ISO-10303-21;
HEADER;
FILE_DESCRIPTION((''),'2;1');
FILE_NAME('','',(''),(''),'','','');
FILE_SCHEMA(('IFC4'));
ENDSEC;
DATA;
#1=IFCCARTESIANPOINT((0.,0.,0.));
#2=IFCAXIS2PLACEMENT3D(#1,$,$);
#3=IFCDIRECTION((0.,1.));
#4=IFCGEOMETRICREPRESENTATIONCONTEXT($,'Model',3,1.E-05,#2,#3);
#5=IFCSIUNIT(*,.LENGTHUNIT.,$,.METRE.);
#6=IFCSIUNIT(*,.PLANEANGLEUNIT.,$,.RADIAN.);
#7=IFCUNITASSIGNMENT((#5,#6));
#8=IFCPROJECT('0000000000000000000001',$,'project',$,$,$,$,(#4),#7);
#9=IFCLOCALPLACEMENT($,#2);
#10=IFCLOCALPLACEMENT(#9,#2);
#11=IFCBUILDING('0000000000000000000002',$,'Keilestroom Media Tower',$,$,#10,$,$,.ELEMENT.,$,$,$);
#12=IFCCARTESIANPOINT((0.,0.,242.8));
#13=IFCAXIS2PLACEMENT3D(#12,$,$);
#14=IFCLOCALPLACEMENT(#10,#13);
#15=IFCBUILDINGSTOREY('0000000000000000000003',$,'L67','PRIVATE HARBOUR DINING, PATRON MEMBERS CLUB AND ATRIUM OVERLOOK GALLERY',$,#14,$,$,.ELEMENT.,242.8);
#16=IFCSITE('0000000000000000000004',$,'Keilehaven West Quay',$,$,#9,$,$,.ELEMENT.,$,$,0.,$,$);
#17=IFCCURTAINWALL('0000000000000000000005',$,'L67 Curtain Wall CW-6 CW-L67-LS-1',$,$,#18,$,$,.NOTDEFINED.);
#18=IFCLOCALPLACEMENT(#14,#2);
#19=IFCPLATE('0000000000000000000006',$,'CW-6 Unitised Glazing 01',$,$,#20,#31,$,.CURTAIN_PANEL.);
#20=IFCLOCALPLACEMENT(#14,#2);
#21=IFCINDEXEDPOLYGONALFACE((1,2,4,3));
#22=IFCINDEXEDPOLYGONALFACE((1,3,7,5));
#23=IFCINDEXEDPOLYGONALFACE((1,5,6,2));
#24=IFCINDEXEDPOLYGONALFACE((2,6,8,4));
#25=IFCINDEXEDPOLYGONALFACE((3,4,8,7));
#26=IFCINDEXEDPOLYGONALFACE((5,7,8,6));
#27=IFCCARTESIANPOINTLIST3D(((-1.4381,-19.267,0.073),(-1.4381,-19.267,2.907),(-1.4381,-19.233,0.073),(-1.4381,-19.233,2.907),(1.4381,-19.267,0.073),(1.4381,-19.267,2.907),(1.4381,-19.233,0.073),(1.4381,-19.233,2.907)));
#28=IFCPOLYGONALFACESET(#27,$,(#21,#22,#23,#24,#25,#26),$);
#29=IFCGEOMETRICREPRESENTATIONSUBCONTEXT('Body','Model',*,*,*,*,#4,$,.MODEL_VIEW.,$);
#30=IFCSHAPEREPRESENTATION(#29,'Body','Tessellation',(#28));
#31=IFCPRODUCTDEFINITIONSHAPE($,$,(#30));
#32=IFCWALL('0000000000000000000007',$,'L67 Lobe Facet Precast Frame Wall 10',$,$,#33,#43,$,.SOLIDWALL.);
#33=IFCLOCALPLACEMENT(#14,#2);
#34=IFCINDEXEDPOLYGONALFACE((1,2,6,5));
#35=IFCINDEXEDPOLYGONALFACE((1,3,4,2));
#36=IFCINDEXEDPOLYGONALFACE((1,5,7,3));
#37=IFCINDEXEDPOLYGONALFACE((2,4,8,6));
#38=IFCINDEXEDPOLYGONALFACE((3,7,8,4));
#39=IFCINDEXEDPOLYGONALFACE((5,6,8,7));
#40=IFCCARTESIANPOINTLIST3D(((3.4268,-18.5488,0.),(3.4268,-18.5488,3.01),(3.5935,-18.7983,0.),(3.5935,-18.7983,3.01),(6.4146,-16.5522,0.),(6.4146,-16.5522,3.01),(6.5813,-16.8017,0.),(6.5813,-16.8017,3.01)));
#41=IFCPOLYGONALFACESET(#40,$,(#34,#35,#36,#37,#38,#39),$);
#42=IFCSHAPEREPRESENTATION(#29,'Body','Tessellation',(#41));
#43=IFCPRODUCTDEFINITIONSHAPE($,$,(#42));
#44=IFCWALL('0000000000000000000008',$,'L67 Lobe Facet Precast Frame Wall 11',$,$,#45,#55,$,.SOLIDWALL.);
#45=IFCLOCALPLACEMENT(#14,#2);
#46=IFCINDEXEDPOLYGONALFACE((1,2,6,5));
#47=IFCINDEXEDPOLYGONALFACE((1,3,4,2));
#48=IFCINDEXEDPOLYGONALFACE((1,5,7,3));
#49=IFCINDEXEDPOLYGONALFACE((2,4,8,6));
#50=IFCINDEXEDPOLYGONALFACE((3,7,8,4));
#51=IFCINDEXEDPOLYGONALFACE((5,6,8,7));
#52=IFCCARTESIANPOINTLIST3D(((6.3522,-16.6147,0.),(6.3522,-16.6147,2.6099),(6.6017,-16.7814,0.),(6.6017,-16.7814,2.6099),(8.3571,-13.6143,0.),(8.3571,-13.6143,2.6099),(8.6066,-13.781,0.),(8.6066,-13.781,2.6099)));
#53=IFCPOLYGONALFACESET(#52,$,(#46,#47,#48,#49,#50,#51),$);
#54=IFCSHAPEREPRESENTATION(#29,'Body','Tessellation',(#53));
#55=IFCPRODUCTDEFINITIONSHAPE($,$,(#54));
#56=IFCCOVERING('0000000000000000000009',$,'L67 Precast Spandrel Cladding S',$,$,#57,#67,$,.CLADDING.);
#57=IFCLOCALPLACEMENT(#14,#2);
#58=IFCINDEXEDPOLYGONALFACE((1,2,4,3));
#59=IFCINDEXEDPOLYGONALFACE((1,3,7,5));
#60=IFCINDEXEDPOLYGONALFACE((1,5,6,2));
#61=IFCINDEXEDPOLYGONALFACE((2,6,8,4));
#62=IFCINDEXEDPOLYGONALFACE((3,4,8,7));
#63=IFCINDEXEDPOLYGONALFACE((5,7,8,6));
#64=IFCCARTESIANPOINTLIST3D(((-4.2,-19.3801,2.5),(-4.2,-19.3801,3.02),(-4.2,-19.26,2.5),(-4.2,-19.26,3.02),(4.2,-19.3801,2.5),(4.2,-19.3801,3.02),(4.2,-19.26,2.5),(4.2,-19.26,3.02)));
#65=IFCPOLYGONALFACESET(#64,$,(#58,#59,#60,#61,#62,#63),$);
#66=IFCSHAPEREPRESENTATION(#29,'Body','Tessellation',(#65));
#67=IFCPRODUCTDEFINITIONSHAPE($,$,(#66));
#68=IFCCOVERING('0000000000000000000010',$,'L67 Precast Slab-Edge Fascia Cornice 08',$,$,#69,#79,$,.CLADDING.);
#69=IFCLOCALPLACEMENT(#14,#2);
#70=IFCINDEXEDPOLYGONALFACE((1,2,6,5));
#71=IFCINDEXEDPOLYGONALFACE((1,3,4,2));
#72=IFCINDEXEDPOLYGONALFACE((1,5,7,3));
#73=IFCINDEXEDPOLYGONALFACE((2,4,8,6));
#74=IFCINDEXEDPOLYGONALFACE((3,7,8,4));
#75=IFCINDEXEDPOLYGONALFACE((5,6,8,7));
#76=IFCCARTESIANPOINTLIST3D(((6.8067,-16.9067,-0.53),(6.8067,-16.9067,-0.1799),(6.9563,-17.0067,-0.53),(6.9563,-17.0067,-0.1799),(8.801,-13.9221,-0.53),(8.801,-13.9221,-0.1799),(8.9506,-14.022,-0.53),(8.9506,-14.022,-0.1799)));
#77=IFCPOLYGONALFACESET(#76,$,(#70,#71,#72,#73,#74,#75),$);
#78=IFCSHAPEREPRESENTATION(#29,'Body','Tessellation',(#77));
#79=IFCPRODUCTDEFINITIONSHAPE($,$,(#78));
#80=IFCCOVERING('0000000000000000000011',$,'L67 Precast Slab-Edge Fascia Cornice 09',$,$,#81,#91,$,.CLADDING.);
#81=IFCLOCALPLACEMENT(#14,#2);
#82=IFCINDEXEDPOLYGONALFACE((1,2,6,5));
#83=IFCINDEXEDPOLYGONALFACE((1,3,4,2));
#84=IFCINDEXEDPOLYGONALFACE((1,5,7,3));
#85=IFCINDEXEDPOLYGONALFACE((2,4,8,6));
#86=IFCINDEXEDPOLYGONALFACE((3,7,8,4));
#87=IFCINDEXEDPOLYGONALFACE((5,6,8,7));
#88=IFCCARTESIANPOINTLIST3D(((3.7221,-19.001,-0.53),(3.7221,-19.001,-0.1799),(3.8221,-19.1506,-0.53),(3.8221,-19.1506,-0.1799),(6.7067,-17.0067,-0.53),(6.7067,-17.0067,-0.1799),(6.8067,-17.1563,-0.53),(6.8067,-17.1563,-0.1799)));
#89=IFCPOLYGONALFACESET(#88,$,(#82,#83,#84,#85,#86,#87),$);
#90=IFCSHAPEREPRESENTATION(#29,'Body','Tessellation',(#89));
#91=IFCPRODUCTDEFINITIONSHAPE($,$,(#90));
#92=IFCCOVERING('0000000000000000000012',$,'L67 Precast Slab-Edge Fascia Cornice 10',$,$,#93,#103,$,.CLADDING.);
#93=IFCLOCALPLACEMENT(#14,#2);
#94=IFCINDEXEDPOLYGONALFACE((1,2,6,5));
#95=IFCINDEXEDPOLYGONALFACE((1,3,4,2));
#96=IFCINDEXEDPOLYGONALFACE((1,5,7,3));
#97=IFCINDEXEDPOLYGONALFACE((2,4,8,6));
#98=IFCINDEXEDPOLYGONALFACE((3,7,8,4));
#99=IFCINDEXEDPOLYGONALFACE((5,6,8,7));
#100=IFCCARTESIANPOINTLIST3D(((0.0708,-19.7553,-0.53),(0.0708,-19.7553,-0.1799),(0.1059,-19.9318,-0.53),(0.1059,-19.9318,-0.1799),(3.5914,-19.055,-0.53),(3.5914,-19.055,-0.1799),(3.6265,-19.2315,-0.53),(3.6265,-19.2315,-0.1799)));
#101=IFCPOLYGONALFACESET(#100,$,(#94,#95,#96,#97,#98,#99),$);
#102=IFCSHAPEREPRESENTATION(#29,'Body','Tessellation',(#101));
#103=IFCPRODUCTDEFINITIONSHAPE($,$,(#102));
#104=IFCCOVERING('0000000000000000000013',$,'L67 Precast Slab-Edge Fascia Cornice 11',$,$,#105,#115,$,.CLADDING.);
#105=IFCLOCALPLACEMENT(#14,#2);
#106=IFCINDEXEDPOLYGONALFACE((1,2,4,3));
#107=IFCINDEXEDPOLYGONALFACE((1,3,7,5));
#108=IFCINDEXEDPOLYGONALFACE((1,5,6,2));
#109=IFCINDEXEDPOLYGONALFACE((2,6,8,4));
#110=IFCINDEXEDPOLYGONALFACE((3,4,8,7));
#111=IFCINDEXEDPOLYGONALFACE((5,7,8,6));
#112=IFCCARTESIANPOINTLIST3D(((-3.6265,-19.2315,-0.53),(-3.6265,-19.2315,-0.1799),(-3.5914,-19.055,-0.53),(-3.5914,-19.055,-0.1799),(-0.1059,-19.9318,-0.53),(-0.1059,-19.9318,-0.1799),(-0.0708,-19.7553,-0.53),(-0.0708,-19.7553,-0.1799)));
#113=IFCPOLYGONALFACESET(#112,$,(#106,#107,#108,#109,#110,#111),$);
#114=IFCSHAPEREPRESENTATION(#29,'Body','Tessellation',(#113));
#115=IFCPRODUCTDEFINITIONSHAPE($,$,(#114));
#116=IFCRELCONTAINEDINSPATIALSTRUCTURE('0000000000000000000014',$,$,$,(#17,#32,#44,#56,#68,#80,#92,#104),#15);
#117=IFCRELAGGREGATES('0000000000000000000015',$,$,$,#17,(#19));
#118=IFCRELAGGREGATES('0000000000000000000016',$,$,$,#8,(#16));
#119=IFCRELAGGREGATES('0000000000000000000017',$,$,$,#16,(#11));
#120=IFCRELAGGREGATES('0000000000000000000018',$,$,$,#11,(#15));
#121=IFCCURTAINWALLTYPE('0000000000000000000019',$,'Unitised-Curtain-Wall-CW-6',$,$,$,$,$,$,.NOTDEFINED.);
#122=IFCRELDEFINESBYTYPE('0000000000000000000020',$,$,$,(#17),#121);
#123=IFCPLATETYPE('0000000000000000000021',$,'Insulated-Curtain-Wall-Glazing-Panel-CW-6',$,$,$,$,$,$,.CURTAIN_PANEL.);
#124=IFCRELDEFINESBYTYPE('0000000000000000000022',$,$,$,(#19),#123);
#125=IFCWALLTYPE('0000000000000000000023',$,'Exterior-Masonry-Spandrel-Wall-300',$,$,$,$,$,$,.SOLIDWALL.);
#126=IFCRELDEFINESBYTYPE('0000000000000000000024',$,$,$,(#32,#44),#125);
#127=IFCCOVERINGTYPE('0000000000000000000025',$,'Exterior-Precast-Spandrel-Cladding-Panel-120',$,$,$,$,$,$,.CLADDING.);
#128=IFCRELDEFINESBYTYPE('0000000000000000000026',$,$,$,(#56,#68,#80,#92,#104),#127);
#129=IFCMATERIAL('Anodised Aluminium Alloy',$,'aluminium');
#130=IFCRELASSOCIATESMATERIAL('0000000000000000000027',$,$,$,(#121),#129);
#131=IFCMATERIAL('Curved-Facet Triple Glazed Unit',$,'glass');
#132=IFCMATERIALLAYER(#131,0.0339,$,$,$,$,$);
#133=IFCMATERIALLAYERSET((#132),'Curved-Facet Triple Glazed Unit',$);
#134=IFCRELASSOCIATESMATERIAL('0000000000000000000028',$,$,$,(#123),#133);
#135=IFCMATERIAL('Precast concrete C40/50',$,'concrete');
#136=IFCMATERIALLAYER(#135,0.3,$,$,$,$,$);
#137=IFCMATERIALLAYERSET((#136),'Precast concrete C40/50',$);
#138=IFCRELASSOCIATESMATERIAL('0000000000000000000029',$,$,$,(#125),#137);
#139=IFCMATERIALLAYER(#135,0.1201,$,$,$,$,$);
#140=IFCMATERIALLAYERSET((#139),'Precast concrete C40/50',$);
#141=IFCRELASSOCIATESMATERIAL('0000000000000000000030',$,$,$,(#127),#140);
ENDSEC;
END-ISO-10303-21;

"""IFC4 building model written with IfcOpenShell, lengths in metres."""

from ifc_helpers import new_model, si_unit, direction, frame, frame_2d, origin, origin_2d, place, context, subcontext, project, spatial, rectangle, extrude, source, transform, mapped, material, layer, layer_set, type_object, element, aggregate, save


model = new_model("IFC4")

# Units and contexts
model_context = context("Model", 3, precision=1e-05, world=origin(), true_north=direction((0.0, 1.0)))
body_context = subcontext(model_context, "Body", "Model", "MODEL_VIEW")
ifc_project = project(units=[si_unit("LENGTHUNIT", "METRE"), si_unit("PLANEANGLEUNIT", "RADIAN")], contexts=[model_context])

# Site, building, storey
site_placement = place(None, origin())
site = spatial("IfcSite", under=ifc_project, at=site_placement, Name="Keilehaven West Quay", CompositionType="ELEMENT", RefElevation=0.0)
building_placement = place(site_placement, origin())
building = spatial("IfcBuilding", under=site, at=building_placement, Name="Keilestroom Media Tower", CompositionType="ELEMENT")
storey_placement = place(building_placement, frame((0.0, 0.0, 242.8)))
storey = spatial("IfcBuildingStorey", under=building, at=storey_placement, Name="L67", Description="PRIVATE HARBOUR DINING, PATRON MEMBERS CLUB AND ATRIUM OVERLOOK GALLERY", CompositionType="ELEMENT", Elevation=242.8)

# Curtain wall, plate
ifc_material_1 = material(Name="Anodised Aluminium Alloy", Category="aluminium")
curtain_wall_type = type_object("IfcCurtainWallType", Name="Unitised-Curtain-Wall-CW-6", PredefinedType="NOTDEFINED", material=ifc_material_1)
curtain_wall_placement = place(storey_placement, origin())
curtain_wall = element("IfcCurtainWall", 1, at=curtain_wall_placement, inside=storey, type_object=curtain_wall_type, Name="L67 Curtain Wall CW-6 CW-L67-LS-1", PredefinedType="NOTDEFINED")
ifc_material_2 = material(Name="Curved-Facet Triple Glazed Unit", Category="glass")
ifc_layer_1 = layer(ifc_material_2, 0.0339)
ifc_layer_set_1 = layer_set([ifc_layer_1], Name="Curved-Facet Triple Glazed Unit")
plate_type = type_object("IfcPlateType", Name="Insulated-Curtain-Wall-Glazing-Panel-CW-6", PredefinedType="CURTAIN_PANEL", material=ifc_layer_set_1)
shared_shape_1 = source(origin(), body_context, "Body", "SweptSolid", [
    extrude(rectangle(XDim=2.8762, YDim=0.0339, at=origin_2d()), origin(), (0.0, 0.0, 1.0), 2.834),
])
plate_1_placement = place(storey_placement, frame((0.0, -19.25, 0.073), z_axis=(0.0, 0.0, 1.0), x_axis=(1.0, 0.0, 0.0)))
plate_1 = element("IfcPlate", 2, at=plate_1_placement, type_object=plate_type, Name="CW-6 Unitised Glazing 01", PredefinedType="CURTAIN_PANEL", context=body_context, shape_type="MappedRepresentation", body=[
    mapped(shared_shape_1, transform((0.0, 0.0, 0.0), x_axis=(1.0, 0.0, 0.0), y_axis=(0.0, 1.0, 0.0), z_axis=(0.0, 0.0, 1.0), scale=1.0)),
])
aggregate(curtain_wall, [plate_1])

# Walls
ifc_material_3 = material(Name="Precast concrete C40/50", Category="concrete")
ifc_layer_2 = layer(ifc_material_3, 0.3)
ifc_layer_set_2 = layer_set([ifc_layer_2], Name="Precast concrete C40/50")
wall_type = type_object("IfcWallType", Name="Exterior-Masonry-Spandrel-Wall-300", PredefinedType="SOLIDWALL", material=ifc_layer_set_2)
wall_1_placement = place(storey_placement, frame((3.51, -18.6736, 0.0), z_axis=(0.0, 0.0, 1.0), x_axis=(0.831444, 0.555609, 0.0)))
element("IfcWall", 3, at=wall_1_placement, inside=storey, type_object=wall_type, Name="L67 Lobe Facet Precast Frame Wall 10", PredefinedType="SOLIDWALL", context=body_context, shape_type="SweptSolid", body=[
    extrude(rectangle(XDim=3.5935, YDim=0.3, at=frame_2d((1.7969, 0.0))), origin(), (0.0, 0.0, 1.0), 3.01),
])
wall_2_placement = place(storey_placement, frame((6.4771, -16.698, 0.0), z_axis=(0.0, 0.0, 1.0), x_axis=(0.555574, 0.831467, 0.0)))
element("IfcWall", 4, at=wall_2_placement, inside=storey, type_object=wall_type, Name="L67 Lobe Facet Precast Frame Wall 11", PredefinedType="SOLIDWALL", context=body_context, shape_type="SweptSolid", body=[
    extrude(rectangle(XDim=3.6086, YDim=0.3, at=frame_2d((1.8042, 0.0))), origin(), (0.0, 0.0, 1.0), 2.6099),
])

# Coverings
ifc_layer_3 = layer(ifc_material_3, 0.1201)
ifc_layer_set_3 = layer_set([ifc_layer_3], Name="Precast concrete C40/50")
covering_type = type_object("IfcCoveringType", Name="Exterior-Precast-Spandrel-Cladding-Panel-120", PredefinedType="CLADDING", material=ifc_layer_set_3)
shared_shape_2 = source(origin(), body_context, "Body", "SweptSolid", [
    extrude(rectangle(XDim=8.3999, YDim=0.1201, at=origin_2d()), origin(), (0.0, 0.0, 1.0), 0.52),
])
covering_placement = place(storey_placement, frame((0.0, -19.3201, 2.5), z_axis=(0.0, 0.0, 1.0), x_axis=(1.0, 0.0, 0.0)))
element("IfcCovering", 5, at=covering_placement, inside=storey, type_object=covering_type, Name="L67 Precast Spandrel Cladding S", PredefinedType="CLADDING", context=body_context, shape_type="MappedRepresentation", body=[
    mapped(shared_shape_2, transform((0.0, 0.0, 0.0), x_axis=(1.0, 0.0, 0.0), y_axis=(0.0, 1.0, 0.0), z_axis=(0.0, 0.0, 1.0), scale=1.0)),
])
shared_shape_3 = source(origin(), body_context, "Body", "SweptSolid", [
    extrude(rectangle(XDim=3.5896, YDim=0.1799, at=origin_2d()), origin(), (0.0, 0.0, 1.0), 0.3501),
])
for number, where, z_axis, x_axis, name in (
    (6, (7.8787, -15.4644, -0.53), (0.0, 0.0, 1.0), (-0.555575, -0.831467, 0.0), "L67 Precast Slab-Edge Fascia Cornice 08"),
    (7, (5.2644, -18.0786, -0.53), (0.0, 0.0, 1.0), (-0.831467, -0.555575, 0.0), "L67 Precast Slab-Edge Fascia Cornice 09"),
    (8, (1.8486, -19.4934, -0.53), (0.0, 0.0, 1.0), (-0.980784, -0.195099, 0.0), "L67 Precast Slab-Edge Fascia Cornice 10"),
    (9, (-1.8486, -19.4934, -0.53), (0.0, 0.0, 1.0), (-0.980784, 0.195099, 0.0), "L67 Precast Slab-Edge Fascia Cornice 11"),
):
    element("IfcCovering", number, at=place(storey_placement, frame(where, z_axis=z_axis, x_axis=x_axis)), inside=storey, type_object=covering_type, Name=name, PredefinedType="CLADDING", context=body_context, shape_type="MappedRepresentation", body=[
        mapped(shared_shape_3, transform((0.0, 0.0, 0.0), x_axis=(1.0, 0.0, 0.0), y_axis=(0.0, 1.0, 0.0), z_axis=(0.0, 0.0, 1.0), scale=1.0)),
    ])

save(model, "model.ifc")
